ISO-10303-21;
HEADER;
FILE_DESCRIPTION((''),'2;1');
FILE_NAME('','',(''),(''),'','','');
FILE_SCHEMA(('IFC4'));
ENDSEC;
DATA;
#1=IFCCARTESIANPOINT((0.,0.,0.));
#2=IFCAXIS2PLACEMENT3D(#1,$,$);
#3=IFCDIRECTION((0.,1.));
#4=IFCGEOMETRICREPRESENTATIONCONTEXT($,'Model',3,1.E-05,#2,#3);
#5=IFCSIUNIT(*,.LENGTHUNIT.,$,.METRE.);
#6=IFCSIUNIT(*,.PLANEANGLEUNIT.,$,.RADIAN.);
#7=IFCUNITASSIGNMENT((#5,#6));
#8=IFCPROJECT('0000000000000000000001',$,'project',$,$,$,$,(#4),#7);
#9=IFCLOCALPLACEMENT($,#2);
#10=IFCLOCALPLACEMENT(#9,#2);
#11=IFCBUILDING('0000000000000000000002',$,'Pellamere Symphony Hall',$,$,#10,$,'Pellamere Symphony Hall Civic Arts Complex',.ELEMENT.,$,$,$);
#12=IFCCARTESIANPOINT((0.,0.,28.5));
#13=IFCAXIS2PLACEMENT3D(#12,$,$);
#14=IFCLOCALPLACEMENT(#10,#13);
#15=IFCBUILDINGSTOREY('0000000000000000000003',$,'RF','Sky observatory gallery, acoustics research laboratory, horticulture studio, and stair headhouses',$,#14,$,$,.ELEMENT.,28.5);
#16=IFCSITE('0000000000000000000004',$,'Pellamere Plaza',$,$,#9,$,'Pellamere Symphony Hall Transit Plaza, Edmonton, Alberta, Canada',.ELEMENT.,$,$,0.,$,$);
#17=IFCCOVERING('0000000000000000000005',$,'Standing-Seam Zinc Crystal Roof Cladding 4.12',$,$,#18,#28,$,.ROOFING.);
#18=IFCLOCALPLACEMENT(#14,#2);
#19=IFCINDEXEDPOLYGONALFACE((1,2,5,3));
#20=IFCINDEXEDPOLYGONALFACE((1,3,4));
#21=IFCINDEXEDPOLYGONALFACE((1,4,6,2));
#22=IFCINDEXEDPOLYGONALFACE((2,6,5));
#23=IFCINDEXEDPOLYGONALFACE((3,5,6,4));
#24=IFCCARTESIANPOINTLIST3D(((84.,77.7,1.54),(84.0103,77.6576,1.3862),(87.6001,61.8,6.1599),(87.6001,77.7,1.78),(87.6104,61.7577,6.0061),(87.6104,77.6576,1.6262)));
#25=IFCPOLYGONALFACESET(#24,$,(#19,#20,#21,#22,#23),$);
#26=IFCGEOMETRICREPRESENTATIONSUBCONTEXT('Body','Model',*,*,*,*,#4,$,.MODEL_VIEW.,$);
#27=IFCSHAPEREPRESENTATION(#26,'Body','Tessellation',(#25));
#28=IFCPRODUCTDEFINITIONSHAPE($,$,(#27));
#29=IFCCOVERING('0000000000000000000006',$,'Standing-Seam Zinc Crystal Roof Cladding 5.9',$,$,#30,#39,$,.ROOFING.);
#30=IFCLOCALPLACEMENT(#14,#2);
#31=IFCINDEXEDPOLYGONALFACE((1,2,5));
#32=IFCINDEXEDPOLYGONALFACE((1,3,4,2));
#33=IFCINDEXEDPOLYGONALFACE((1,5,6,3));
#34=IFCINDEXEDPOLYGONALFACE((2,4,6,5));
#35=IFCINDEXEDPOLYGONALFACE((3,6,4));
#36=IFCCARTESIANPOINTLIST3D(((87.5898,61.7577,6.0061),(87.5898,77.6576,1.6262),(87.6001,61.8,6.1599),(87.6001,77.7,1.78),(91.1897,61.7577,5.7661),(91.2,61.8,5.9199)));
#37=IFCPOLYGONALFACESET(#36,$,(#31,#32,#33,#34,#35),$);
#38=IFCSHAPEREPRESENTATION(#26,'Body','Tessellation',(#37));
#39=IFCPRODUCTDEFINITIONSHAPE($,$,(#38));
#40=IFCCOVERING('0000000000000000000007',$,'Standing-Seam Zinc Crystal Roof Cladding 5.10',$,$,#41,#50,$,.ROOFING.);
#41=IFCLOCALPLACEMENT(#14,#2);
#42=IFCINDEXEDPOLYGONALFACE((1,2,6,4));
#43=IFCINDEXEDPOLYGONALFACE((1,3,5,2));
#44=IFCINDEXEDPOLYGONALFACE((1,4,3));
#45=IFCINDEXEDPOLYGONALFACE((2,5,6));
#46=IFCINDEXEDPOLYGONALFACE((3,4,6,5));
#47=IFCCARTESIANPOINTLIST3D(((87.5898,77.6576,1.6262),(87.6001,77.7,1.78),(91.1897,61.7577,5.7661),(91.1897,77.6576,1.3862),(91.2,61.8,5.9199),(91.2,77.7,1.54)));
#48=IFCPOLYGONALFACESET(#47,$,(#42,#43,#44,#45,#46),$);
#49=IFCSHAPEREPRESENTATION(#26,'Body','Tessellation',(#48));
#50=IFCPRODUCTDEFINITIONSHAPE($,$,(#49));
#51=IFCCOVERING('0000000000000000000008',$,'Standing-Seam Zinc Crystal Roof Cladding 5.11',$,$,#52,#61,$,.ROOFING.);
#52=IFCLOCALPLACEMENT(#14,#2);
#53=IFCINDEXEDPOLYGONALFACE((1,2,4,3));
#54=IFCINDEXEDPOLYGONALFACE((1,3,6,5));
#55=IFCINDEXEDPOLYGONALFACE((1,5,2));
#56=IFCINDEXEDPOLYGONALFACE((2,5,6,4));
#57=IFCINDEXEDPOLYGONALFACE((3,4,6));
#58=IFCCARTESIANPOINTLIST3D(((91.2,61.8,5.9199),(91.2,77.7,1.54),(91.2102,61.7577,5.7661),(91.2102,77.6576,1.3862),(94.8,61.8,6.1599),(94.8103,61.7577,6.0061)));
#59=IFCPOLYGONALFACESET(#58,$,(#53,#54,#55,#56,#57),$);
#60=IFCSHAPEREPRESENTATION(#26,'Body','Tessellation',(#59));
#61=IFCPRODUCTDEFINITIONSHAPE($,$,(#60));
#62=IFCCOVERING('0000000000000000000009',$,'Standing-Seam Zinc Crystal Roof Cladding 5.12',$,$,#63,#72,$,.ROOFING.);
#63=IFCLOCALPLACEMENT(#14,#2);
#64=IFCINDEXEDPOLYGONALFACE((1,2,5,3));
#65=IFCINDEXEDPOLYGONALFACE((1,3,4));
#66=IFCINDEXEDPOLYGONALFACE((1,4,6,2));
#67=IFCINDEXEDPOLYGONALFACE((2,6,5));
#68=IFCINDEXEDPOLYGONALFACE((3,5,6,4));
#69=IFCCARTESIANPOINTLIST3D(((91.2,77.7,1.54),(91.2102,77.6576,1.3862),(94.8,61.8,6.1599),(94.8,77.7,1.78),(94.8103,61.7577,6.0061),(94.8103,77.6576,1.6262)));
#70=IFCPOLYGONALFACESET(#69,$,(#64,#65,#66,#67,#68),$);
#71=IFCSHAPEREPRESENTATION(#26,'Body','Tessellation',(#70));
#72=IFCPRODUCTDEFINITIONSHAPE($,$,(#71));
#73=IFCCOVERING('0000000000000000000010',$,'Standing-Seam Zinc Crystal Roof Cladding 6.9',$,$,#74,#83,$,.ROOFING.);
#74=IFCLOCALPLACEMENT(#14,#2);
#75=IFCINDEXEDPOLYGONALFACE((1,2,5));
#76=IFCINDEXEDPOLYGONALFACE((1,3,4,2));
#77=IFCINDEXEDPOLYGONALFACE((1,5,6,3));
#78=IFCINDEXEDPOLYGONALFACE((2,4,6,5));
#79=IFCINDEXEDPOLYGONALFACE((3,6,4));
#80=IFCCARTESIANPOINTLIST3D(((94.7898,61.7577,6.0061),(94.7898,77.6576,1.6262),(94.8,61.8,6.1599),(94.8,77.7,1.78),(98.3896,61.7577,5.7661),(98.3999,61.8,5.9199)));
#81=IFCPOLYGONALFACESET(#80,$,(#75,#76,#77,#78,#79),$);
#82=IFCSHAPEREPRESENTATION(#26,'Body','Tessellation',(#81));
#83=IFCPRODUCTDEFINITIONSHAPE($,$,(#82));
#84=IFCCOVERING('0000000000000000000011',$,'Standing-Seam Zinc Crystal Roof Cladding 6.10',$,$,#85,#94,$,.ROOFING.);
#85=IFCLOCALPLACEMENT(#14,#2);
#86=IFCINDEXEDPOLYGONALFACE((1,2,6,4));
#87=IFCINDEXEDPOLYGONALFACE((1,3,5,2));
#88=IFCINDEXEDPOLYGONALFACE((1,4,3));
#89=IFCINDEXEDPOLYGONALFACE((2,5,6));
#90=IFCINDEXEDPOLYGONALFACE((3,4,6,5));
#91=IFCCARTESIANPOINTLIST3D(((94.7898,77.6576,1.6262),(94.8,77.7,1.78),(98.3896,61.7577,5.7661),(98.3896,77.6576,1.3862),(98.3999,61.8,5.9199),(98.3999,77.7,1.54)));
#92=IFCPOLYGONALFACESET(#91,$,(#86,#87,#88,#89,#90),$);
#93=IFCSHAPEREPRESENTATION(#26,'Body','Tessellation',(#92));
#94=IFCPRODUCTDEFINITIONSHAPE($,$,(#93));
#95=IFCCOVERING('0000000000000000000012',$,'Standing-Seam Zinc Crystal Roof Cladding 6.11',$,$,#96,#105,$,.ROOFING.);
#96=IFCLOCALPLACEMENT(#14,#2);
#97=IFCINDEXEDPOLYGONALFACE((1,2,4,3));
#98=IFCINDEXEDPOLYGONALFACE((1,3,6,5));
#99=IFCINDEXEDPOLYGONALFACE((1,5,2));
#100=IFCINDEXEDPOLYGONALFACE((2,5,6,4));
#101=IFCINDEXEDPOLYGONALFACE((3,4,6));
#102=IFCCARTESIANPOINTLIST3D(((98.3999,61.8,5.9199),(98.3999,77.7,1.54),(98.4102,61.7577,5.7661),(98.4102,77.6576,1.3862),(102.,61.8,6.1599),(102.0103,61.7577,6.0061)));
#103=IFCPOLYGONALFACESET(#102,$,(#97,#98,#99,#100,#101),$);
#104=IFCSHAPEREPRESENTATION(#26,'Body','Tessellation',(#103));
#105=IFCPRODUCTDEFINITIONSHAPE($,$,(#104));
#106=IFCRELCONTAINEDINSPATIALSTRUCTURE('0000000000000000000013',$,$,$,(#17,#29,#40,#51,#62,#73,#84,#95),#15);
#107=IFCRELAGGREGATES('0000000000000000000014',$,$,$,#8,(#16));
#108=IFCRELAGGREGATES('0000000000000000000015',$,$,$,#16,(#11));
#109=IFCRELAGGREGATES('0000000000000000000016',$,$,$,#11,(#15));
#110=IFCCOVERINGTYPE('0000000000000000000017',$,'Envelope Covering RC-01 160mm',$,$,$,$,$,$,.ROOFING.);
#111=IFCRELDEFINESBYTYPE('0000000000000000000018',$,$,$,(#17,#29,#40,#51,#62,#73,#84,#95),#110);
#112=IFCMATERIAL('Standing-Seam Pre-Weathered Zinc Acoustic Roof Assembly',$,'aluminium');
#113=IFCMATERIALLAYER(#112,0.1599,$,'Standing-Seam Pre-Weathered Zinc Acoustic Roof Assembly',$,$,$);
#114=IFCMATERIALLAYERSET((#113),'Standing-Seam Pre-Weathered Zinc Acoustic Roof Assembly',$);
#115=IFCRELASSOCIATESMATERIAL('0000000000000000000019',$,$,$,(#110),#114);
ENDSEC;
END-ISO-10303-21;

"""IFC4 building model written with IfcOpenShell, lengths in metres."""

from ifc_helpers import new_model, si_unit, direction, frame, origin, place, context, subcontext, project, spatial, polyline, outline, extrude, material, layer, layer_set, type_object, element, save


model = new_model("IFC4")

# Units and contexts
model_context = context("Model", 3, precision=1e-05, world=origin(), true_north=direction((0.0, 1.0)))
body_context = subcontext(model_context, "Body", "Model", "MODEL_VIEW")
ifc_project = project(units=[si_unit("LENGTHUNIT", "METRE"), si_unit("PLANEANGLEUNIT", "RADIAN")], contexts=[model_context])

# Site, building, storey
site_placement = place(None, origin())
site = spatial("IfcSite", under=ifc_project, at=site_placement, Name="Pellamere Plaza", LongName="Pellamere Symphony Hall Transit Plaza, Edmonton, Alberta, Canada", CompositionType="ELEMENT", RefElevation=0.0)
building_placement = place(site_placement, origin())
building = spatial("IfcBuilding", under=site, at=building_placement, Name="Pellamere Symphony Hall", LongName="Pellamere Symphony Hall Civic Arts Complex", CompositionType="ELEMENT")
storey_placement = place(building_placement, frame((0.0, 0.0, 28.5)))
storey = spatial("IfcBuildingStorey", under=building, at=storey_placement, Name="RF", Description="Sky observatory gallery, acoustics research laboratory, horticulture studio, and stair headhouses", CompositionType="ELEMENT", Elevation=28.5)

# Coverings
ifc_material_1 = material(Name="Standing-Seam Pre-Weathered Zinc Acoustic Roof Assembly", Category="aluminium")
ifc_layer_1 = layer(ifc_material_1, 0.1599, Name="Standing-Seam Pre-Weathered Zinc Acoustic Roof Assembly")
ifc_layer_set_1 = layer_set([ifc_layer_1], Name="Standing-Seam Pre-Weathered Zinc Acoustic Roof Assembly")
covering_type = type_object("IfcCoveringType", Name="Envelope Covering RC-01 160mm", PredefinedType="ROOFING", material=ifc_layer_set_1)
covering_1_placement = place(storey_placement, frame((87.6001, 61.8, 6.1599), z_axis=(-0.064136, 0.265027, 0.962106), x_axis=(0.0, 0.96409, -0.265574)))
element("IfcCovering", 1, at=covering_1_placement, inside=storey, type_object=covering_type, Name="Standing-Seam Zinc Crystal Roof Cladding 4.12", PredefinedType="ROOFING", context=body_context, shape_type="SweptSolid", body=[
    extrude(outline(polyline([(0.0, 0.0), (16.4921, 0.0), (16.5559, 3.6075), (0.0, 0.0)])), origin(), (0.0, 0.0, -1.0), 0.1599),
])
covering_2_placement = place(storey_placement, frame((87.6001, 61.8, 6.1599), z_axis=(0.06414, 0.265027, 0.962105), x_axis=(0.997785, 0.0, -0.066519)))
element("IfcCovering", 2, at=covering_2_placement, inside=storey, type_object=covering_type, Name="Standing-Seam Zinc Crystal Roof Cladding 5.9", PredefinedType="ROOFING", context=body_context, shape_type="SweptSolid", body=[
    extrude(outline(polyline([(0.0, 0.0), (3.6078, 0.0), (0.2913, 16.4896), (0.0, 0.0)])), origin(), (0.0, 0.0, -1.0), 0.1599),
])
covering_3_placement = place(storey_placement, frame((91.2, 61.8, 5.9199), z_axis=(0.06414, 0.265027, 0.962105), x_axis=(0.0, 0.96409, -0.265574)))
element("IfcCovering", 3, at=covering_3_placement, inside=storey, type_object=covering_type, Name="Standing-Seam Zinc Crystal Roof Cladding 5.10", PredefinedType="ROOFING", context=body_context, shape_type="SweptSolid", body=[
    extrude(outline(polyline([(0.0, 0.0), (16.4921, 0.0), (16.4284, 3.6073), (0.0, 0.0)])), origin(), (0.0, 0.0, -1.0), 0.1599),
])
covering_4_placement = place(storey_placement, frame((91.2, 61.8, 5.9199), z_axis=(-0.064136, 0.265027, 0.962106), x_axis=(0.997785, 0.0, 0.066515)))
element("IfcCovering", 4, at=covering_4_placement, inside=storey, type_object=covering_type, Name="Standing-Seam Zinc Crystal Roof Cladding 5.11", PredefinedType="ROOFING", context=body_context, shape_type="SweptSolid", body=[
    extrude(outline(polyline([(0.0, 0.0), (3.6081, 0.0), (-0.2913, 16.4896), (0.0, 0.0)])), origin(), (0.0, 0.0, -1.0), 0.1599),
])
covering_5_placement = place(storey_placement, frame((94.8, 61.8, 6.1599), z_axis=(-0.064136, 0.265027, 0.962106), x_axis=(0.0, 0.96409, -0.265574)))
element("IfcCovering", 5, at=covering_5_placement, inside=storey, type_object=covering_type, Name="Standing-Seam Zinc Crystal Roof Cladding 5.12", PredefinedType="ROOFING", context=body_context, shape_type="SweptSolid", body=[
    extrude(outline(polyline([(0.0, 0.0), (16.4921, 0.0), (16.5559, 3.6075), (0.0, 0.0)])), origin(), (0.0, 0.0, -1.0), 0.1599),
])
covering_6_placement = place(storey_placement, frame((94.8, 61.8, 6.1599), z_axis=(0.06414, 0.265027, 0.962105), x_axis=(0.997785, 0.0, -0.066519)))
element("IfcCovering", 6, at=covering_6_placement, inside=storey, type_object=covering_type, Name="Standing-Seam Zinc Crystal Roof Cladding 6.9", PredefinedType="ROOFING", context=body_context, shape_type="SweptSolid", body=[
    extrude(outline(polyline([(0.0, 0.0), (3.6078, 0.0), (0.2913, 16.4896), (0.0, 0.0)])), origin(), (0.0, 0.0, -1.0), 0.1599),
])
covering_7_placement = place(storey_placement, frame((98.3999, 61.8, 5.9199), z_axis=(0.06414, 0.265027, 0.962105), x_axis=(0.0, 0.96409, -0.265574)))
element("IfcCovering", 7, at=covering_7_placement, inside=storey, type_object=covering_type, Name="Standing-Seam Zinc Crystal Roof Cladding 6.10", PredefinedType="ROOFING", context=body_context, shape_type="SweptSolid", body=[
    extrude(outline(polyline([(0.0, 0.0), (16.4921, 0.0), (16.4284, 3.6073), (0.0, 0.0)])), origin(), (0.0, 0.0, -1.0), 0.1599),
])
covering_8_placement = place(storey_placement, frame((98.3999, 61.8, 5.9199), z_axis=(-0.064136, 0.265027, 0.962106), x_axis=(0.997785, 0.0, 0.066515)))
element("IfcCovering", 8, at=covering_8_placement, inside=storey, type_object=covering_type, Name="Standing-Seam Zinc Crystal Roof Cladding 6.11", PredefinedType="ROOFING", context=body_context, shape_type="SweptSolid", body=[
    extrude(outline(polyline([(0.0, 0.0), (3.6081, 0.0), (-0.2913, 16.4896), (0.0, 0.0)])), origin(), (0.0, 0.0, -1.0), 0.1599),
])

save(model, "model.ifc")
